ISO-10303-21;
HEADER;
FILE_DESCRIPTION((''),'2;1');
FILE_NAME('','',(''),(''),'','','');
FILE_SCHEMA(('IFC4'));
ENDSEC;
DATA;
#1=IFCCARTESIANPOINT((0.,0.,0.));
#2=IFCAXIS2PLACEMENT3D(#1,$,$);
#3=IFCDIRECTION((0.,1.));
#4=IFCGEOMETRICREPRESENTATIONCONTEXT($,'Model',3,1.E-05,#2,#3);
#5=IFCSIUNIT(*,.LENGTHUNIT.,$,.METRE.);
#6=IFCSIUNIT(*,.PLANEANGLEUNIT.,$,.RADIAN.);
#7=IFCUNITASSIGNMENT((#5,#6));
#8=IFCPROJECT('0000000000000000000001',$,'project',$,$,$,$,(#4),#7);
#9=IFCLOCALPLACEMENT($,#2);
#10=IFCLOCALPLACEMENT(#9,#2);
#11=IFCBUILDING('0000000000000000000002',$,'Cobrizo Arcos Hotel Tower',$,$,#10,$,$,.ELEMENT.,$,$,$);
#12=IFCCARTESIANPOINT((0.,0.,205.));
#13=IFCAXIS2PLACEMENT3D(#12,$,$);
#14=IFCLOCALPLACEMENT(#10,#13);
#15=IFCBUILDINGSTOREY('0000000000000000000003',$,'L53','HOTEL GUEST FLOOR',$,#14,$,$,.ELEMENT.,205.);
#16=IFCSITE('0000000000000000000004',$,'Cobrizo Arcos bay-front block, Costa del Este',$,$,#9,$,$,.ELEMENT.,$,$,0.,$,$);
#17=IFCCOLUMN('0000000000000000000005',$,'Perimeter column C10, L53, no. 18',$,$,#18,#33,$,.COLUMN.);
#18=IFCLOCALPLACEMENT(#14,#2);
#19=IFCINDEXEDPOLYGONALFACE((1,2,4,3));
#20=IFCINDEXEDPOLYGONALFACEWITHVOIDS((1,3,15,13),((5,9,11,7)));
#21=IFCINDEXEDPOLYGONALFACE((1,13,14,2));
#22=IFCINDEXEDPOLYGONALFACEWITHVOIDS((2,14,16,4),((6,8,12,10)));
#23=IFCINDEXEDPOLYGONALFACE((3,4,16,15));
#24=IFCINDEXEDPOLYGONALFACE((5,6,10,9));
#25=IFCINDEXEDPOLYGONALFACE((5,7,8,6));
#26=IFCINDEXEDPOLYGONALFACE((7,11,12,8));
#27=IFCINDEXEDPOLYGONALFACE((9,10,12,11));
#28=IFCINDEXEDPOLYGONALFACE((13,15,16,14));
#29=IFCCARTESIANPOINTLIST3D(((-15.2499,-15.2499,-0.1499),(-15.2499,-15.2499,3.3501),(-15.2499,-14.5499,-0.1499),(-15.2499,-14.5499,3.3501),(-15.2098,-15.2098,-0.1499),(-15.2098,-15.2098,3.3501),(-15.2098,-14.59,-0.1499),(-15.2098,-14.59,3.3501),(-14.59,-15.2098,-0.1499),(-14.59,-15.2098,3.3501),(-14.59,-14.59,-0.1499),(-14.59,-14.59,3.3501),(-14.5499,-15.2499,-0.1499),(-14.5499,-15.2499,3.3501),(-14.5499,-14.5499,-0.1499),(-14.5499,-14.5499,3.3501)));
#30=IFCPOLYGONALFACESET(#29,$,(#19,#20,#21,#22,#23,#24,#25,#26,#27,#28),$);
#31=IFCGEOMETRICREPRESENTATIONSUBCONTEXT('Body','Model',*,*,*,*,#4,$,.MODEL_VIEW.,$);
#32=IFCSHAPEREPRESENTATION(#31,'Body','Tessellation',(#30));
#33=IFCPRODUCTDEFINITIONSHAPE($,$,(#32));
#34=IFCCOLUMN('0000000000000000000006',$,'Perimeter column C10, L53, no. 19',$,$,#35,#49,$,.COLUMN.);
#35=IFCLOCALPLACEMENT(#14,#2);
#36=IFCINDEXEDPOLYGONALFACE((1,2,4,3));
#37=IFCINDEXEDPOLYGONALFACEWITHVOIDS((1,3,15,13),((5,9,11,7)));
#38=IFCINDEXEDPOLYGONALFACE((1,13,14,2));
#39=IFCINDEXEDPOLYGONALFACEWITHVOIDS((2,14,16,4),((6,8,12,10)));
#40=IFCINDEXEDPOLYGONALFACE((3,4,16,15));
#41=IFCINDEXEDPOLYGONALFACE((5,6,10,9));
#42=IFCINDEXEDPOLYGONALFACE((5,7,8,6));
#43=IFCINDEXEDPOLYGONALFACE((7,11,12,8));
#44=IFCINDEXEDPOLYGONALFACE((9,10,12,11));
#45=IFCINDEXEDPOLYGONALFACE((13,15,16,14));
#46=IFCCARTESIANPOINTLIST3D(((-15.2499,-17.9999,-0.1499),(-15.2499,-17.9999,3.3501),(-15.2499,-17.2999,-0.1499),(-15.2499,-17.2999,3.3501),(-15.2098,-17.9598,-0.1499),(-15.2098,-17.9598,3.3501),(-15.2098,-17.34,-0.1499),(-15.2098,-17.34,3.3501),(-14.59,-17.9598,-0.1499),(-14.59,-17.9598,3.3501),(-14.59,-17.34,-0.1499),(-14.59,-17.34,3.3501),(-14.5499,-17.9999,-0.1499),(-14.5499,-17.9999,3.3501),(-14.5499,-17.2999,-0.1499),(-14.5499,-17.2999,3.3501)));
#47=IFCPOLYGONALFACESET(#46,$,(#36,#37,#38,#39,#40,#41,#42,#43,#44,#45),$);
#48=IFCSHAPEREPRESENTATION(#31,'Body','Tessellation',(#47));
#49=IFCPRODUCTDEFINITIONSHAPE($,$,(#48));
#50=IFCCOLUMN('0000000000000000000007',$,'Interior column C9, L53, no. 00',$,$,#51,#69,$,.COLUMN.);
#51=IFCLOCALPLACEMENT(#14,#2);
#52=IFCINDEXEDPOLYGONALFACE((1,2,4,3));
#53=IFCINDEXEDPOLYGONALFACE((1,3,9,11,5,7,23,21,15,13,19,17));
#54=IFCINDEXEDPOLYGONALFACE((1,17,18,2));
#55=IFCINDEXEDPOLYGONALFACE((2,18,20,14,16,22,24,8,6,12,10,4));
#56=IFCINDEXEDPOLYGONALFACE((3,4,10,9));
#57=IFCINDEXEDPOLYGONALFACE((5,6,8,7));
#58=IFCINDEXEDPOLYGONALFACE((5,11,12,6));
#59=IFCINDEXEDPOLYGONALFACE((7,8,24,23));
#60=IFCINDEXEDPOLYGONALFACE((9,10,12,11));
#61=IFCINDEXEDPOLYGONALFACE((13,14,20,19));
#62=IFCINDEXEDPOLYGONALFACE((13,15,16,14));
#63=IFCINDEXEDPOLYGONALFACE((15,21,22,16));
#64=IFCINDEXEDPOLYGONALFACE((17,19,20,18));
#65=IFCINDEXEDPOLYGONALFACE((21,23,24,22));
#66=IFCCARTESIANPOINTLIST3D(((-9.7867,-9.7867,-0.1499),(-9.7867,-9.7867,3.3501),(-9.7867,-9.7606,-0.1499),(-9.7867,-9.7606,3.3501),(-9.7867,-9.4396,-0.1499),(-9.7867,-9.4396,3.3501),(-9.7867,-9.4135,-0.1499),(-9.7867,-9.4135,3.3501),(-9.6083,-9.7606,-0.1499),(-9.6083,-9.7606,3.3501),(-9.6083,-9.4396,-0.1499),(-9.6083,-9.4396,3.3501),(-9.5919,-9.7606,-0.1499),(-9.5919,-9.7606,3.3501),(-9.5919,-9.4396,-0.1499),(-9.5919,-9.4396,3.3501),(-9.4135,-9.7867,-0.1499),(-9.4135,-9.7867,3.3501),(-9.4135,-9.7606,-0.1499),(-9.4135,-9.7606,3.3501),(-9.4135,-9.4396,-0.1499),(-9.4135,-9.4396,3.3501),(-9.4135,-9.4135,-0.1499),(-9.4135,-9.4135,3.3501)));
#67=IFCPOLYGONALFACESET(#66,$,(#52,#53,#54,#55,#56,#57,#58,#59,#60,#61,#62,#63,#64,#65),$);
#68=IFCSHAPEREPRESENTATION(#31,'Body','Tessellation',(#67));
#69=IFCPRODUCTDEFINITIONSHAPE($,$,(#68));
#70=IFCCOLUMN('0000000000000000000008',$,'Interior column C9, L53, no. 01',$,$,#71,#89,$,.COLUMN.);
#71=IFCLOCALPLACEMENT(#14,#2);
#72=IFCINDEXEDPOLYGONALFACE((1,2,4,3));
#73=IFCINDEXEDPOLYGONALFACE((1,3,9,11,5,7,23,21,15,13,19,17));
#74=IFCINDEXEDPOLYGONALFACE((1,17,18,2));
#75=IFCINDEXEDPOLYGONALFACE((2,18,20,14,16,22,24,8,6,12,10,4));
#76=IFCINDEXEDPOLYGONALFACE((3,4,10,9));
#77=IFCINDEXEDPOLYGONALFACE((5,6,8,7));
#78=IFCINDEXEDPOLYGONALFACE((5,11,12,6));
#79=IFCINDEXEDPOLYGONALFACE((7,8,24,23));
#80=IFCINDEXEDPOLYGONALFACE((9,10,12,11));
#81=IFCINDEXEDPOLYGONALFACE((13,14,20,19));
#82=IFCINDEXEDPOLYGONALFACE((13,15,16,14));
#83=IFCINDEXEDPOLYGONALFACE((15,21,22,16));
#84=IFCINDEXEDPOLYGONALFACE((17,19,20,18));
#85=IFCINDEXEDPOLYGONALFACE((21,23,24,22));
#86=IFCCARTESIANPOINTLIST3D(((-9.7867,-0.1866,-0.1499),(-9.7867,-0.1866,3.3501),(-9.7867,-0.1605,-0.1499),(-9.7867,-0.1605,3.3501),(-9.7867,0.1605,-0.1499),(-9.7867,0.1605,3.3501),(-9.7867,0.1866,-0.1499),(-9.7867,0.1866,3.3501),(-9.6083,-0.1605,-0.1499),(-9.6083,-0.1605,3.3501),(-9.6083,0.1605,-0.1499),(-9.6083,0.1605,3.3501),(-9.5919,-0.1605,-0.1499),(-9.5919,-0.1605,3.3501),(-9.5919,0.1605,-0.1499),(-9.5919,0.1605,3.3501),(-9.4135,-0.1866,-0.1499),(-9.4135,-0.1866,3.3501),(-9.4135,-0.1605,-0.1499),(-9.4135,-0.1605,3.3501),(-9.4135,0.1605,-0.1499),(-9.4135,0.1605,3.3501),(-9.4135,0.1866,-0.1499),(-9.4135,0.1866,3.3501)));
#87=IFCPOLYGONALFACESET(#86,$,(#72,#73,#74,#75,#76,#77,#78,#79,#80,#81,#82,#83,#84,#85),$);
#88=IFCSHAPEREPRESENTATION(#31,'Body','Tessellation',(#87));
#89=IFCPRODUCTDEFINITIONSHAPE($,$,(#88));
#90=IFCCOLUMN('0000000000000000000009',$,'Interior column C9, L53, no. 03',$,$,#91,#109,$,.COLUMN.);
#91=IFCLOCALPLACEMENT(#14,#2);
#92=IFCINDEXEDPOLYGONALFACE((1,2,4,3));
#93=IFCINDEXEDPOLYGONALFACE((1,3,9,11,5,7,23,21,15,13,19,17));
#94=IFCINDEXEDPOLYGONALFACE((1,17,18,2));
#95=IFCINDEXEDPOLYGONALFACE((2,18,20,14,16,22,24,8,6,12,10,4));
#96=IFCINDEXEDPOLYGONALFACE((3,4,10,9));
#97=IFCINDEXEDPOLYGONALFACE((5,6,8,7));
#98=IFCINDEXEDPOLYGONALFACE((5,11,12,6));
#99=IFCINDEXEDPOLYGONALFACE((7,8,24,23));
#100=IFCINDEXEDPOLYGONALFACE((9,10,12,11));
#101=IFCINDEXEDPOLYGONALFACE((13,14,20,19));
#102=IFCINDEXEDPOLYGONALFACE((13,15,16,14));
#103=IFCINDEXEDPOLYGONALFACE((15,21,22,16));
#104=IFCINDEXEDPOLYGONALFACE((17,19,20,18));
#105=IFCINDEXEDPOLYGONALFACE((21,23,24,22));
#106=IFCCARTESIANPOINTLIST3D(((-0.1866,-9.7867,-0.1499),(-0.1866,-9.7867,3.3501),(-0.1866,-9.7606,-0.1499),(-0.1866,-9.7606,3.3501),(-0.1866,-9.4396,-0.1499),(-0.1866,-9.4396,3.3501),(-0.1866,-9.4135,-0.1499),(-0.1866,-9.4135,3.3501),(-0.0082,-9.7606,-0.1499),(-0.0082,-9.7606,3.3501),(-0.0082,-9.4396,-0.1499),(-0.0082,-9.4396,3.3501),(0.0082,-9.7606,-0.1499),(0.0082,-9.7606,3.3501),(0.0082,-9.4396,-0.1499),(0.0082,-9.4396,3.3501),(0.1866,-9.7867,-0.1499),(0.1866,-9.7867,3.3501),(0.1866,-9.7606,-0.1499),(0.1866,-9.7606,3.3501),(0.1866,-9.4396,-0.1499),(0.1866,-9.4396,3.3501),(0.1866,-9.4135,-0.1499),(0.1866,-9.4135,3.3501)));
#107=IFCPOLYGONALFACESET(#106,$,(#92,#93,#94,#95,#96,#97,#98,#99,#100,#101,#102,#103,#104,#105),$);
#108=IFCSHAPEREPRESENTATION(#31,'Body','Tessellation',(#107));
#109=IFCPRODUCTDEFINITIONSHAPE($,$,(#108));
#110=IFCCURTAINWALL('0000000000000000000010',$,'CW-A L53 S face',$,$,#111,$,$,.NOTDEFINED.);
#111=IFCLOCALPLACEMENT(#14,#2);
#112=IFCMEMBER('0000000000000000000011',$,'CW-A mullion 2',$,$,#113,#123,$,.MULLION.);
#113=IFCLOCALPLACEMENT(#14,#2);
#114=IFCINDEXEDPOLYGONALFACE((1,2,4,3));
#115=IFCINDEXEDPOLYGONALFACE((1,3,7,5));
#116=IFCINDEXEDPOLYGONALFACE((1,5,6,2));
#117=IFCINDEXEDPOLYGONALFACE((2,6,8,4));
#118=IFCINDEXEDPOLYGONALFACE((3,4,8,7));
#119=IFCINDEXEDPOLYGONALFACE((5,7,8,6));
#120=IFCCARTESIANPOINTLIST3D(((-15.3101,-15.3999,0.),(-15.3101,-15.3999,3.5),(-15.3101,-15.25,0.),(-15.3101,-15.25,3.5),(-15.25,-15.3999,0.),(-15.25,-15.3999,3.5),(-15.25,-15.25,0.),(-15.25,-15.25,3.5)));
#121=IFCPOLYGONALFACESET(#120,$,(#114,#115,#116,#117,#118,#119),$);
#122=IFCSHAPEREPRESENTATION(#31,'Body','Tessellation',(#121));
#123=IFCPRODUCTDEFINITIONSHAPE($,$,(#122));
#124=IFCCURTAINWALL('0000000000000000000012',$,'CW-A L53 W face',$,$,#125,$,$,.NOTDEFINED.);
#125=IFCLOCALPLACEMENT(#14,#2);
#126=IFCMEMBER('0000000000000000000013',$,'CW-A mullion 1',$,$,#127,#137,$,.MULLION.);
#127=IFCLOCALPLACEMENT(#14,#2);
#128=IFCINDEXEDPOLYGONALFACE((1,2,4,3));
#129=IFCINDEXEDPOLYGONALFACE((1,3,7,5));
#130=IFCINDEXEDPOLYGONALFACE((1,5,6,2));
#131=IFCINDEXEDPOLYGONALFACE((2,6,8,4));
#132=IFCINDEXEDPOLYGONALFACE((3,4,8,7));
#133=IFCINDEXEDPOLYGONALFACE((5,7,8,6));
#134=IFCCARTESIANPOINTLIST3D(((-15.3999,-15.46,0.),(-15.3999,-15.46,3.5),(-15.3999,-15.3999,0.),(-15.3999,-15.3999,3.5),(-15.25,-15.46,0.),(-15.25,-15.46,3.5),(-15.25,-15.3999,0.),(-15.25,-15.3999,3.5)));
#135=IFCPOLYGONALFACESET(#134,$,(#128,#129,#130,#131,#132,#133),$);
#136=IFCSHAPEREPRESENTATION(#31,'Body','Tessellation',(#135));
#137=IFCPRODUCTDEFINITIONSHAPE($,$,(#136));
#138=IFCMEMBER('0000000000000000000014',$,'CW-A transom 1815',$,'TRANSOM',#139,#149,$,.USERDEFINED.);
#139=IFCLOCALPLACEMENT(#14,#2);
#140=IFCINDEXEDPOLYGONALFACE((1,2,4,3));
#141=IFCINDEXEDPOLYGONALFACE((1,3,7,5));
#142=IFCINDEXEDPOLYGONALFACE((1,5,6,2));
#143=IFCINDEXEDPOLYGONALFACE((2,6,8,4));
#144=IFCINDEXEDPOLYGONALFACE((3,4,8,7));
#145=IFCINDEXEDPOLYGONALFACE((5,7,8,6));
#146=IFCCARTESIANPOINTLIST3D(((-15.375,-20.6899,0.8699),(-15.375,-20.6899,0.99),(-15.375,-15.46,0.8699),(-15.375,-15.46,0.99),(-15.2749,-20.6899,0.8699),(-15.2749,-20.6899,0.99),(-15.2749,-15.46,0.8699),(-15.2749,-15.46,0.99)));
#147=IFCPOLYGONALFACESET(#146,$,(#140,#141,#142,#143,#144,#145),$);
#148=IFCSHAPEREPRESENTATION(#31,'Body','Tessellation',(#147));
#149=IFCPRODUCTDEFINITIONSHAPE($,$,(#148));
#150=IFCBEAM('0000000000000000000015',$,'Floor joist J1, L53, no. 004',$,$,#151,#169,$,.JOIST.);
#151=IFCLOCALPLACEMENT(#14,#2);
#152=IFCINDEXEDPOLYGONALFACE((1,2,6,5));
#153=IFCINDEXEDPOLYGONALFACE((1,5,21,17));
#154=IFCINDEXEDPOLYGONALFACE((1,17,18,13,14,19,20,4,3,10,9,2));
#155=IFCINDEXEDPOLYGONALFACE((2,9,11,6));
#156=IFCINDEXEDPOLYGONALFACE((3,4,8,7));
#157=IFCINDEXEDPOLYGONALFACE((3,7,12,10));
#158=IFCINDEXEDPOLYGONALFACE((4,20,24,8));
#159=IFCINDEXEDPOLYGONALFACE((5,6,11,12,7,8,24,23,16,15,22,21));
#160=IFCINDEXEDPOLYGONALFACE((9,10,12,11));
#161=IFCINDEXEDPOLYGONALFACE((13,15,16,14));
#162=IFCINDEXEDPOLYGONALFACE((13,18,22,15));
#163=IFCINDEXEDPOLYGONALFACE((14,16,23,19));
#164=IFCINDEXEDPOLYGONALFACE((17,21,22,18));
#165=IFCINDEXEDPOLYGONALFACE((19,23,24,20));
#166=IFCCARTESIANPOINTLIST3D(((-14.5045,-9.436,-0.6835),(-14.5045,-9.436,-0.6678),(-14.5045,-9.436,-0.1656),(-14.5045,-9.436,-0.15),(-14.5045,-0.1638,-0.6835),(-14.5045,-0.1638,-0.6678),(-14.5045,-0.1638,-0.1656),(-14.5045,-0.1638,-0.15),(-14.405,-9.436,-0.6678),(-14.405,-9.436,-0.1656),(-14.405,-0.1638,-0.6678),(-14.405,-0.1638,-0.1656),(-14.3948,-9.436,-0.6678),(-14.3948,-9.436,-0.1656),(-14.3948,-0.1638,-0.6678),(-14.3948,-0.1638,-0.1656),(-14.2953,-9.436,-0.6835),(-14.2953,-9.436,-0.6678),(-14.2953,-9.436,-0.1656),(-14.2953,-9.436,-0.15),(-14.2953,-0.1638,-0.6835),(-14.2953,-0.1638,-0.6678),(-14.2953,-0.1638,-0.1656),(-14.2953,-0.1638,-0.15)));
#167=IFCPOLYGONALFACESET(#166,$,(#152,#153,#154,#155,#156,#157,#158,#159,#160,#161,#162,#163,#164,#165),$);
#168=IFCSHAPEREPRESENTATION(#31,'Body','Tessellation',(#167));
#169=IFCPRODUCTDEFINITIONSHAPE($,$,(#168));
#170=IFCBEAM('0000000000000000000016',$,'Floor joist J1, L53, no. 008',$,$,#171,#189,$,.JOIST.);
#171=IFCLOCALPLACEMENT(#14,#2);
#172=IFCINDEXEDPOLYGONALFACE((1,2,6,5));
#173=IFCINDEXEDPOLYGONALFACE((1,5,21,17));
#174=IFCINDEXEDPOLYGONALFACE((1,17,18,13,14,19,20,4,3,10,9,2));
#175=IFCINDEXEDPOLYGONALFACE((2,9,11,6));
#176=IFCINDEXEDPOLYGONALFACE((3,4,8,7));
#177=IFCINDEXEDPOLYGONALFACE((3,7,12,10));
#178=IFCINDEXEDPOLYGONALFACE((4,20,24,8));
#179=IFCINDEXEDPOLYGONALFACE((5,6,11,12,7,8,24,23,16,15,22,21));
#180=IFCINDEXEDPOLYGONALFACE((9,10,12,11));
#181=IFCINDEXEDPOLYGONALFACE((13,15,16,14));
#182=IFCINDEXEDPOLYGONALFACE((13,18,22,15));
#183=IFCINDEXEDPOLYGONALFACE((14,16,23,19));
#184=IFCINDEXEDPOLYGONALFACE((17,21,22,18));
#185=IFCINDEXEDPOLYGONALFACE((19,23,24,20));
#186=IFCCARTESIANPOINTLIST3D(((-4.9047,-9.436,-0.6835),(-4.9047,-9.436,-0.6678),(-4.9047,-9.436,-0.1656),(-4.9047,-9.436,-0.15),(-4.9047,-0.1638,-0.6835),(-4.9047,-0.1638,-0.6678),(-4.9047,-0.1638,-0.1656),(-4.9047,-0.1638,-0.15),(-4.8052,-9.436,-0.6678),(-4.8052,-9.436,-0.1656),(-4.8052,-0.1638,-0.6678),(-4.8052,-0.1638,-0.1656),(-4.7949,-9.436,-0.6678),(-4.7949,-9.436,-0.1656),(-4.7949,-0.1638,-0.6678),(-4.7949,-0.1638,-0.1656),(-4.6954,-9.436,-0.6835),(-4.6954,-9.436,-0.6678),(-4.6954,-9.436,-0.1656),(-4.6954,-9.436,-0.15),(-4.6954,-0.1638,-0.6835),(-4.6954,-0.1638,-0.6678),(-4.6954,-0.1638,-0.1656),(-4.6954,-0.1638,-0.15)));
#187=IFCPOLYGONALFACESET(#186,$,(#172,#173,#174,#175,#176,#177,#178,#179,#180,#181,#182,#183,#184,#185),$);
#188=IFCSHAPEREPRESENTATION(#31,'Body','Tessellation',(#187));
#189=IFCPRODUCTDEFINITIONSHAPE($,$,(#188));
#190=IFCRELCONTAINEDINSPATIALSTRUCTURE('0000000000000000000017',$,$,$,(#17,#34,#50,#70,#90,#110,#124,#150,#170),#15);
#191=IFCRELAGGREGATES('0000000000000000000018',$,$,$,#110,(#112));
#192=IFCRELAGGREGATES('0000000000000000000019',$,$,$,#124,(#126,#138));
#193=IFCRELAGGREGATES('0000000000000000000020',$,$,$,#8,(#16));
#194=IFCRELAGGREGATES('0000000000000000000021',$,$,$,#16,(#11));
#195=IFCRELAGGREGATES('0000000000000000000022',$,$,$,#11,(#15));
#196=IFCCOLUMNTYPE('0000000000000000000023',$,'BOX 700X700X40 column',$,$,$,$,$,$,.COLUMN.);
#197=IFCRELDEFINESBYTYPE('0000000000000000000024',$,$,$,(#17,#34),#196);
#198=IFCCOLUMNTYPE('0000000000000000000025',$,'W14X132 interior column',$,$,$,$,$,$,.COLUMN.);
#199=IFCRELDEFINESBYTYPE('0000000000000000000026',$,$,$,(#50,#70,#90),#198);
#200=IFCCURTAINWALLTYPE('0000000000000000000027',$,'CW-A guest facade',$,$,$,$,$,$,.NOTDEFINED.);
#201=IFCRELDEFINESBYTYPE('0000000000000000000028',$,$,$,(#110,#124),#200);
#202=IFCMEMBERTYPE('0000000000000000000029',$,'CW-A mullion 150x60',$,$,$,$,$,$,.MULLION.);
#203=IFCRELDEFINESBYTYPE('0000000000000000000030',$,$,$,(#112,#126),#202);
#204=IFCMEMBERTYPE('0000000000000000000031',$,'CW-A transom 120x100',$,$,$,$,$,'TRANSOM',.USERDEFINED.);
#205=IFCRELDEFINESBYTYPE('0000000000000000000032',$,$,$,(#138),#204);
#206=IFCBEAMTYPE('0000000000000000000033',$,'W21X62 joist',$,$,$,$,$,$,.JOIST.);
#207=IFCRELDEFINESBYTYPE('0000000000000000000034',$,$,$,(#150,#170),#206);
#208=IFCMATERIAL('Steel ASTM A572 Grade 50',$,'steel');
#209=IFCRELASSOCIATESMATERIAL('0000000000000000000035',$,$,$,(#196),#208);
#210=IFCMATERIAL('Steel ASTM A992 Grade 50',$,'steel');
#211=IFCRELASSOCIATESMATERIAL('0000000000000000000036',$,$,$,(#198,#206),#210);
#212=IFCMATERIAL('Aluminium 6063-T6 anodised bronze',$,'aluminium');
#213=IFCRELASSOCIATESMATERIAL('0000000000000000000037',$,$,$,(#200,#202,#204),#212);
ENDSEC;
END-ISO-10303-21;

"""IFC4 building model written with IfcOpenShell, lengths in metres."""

from ifc_helpers import new_model, si_unit, direction, frame, origin, origin_2d, place, context, subcontext, project, spatial, rectangle, hollow_rectangle, i_section, extrude, material, material_profile, profile_set, type_object, element, aggregate, save


model = new_model("IFC4")

# Units and contexts
model_context = context("Model", 3, precision=1e-05, world=origin(), true_north=direction((0.0, 1.0)))
body_context = subcontext(model_context, "Body", "Model", "MODEL_VIEW")
ifc_project = project(units=[si_unit("LENGTHUNIT", "METRE"), si_unit("PLANEANGLEUNIT", "RADIAN")], contexts=[model_context])

# Site, building, storey
site_placement = place(None, origin())
site = spatial("IfcSite", under=ifc_project, at=site_placement, Name="Cobrizo Arcos bay-front block, Costa del Este", CompositionType="ELEMENT", RefElevation=0.0)
building_placement = place(site_placement, origin())
building = spatial("IfcBuilding", under=site, at=building_placement, Name="Cobrizo Arcos Hotel Tower", CompositionType="ELEMENT")
storey_placement = place(building_placement, frame((0.0, 0.0, 205.0)))
storey = spatial("IfcBuildingStorey", under=building, at=storey_placement, Name="L53", Description="HOTEL GUEST FLOOR", CompositionType="ELEMENT", Elevation=205.0)

# Columns
ifc_material_1 = material(Name="Steel ASTM A572 Grade 50", Category="steel")
ifc_material_profile_1 = material_profile(ifc_material_1, hollow_rectangle(XDim=0.7, YDim=0.7, WallThickness=0.04, at=origin_2d()), Name="BOX 700X700X40")
ifc_profile_set_1 = profile_set([ifc_material_profile_1], Name="Steel ASTM A572 Grade 50")
column_type_1 = type_object("IfcColumnType", Name="BOX 700X700X40 column", PredefinedType="COLUMN", material=ifc_profile_set_1)
for number, where, z_axis, x_axis, name in (
    (1, (-14.8999, -14.8999, -0.1499), (0.0, 0.0, 1.0), (1.0, 0.0, 0.0), "Perimeter column C10, L53, no. 18"),
    (2, (-14.8999, -17.6499, -0.1499), (0.0, 0.0, 1.0), (1.0, 0.0, 0.0), "Perimeter column C10, L53, no. 19"),
):
    element("IfcColumn", number, at=place(storey_placement, frame(where, z_axis=z_axis, x_axis=x_axis)), inside=storey, type_object=column_type_1, Name=name, PredefinedType="COLUMN", context=body_context, shape_type="SweptSolid", body=[
        extrude(hollow_rectangle(XDim=0.7, YDim=0.7, WallThickness=0.04, at=origin_2d()), origin(), (0.0, 0.0, 1.0), 3.5),
    ])
ifc_material_2 = material(Name="Steel ASTM A992 Grade 50", Category="steel")
ifc_material_profile_2 = material_profile(ifc_material_2, i_section(OverallWidth=0.3733, OverallDepth=0.3733, WebThickness=0.0164, FlangeThickness=0.0261, at=origin_2d()), Name="W14X132")
ifc_profile_set_2 = profile_set([ifc_material_profile_2], Name="Steel ASTM A992 Grade 50")
column_type_2 = type_object("IfcColumnType", Name="W14X132 interior column", PredefinedType="COLUMN", material=ifc_profile_set_2)
for number, where, z_axis, x_axis, name in (
    (3, (-9.6001, -9.6001, -0.1499), (0.0, 0.0, 1.0), (1.0, 0.0, 0.0), "Interior column C9, L53, no. 00"),
    (4, (-9.6001, 0.0, -0.1499), (0.0, 0.0, 1.0), (1.0, 0.0, 0.0), "Interior column C9, L53, no. 01"),
    (5, (0.0, -9.6001, -0.1499), (0.0, 0.0, 1.0), (1.0, 0.0, 0.0), "Interior column C9, L53, no. 03"),
):
    element("IfcColumn", number, at=place(storey_placement, frame(where, z_axis=z_axis, x_axis=x_axis)), inside=storey, type_object=column_type_2, Name=name, PredefinedType="COLUMN", context=body_context, shape_type="SweptSolid", body=[
        extrude(i_section(OverallWidth=0.3733, OverallDepth=0.3733, WebThickness=0.0164, FlangeThickness=0.0261, at=origin_2d()), origin(), (0.0, 0.0, 1.0), 3.5),
    ])

# Curtain wall, member
ifc_material_3 = material(Name="Aluminium 6063-T6 anodised bronze", Category="aluminium")
curtain_wall_type = type_object("IfcCurtainWallType", Name="CW-A guest facade", PredefinedType="NOTDEFINED", material=ifc_material_3)
curtain_wall_1_placement = place(storey_placement, origin())
curtain_wall_1 = element("IfcCurtainWall", 6, at=curtain_wall_1_placement, inside=storey, type_object=curtain_wall_type, Name="CW-A L53 S face", PredefinedType="NOTDEFINED")
ifc_material_profile_3 = material_profile(ifc_material_3, rectangle(XDim=0.1499, YDim=0.0601, at=origin_2d()), Name="CW-A mullion 150x60")
ifc_profile_set_3 = profile_set([ifc_material_profile_3], Name="Aluminium 6063-T6 anodised bronze")
member_type_1 = type_object("IfcMemberType", Name="CW-A mullion 150x60", PredefinedType="MULLION", material=ifc_profile_set_3)
member_1_placement = place(storey_placement, frame((-15.28, -15.325, 0.0), z_axis=(0.0, 0.0, 1.0), x_axis=(0.0, -1.0, 0.0)))
member_1 = element("IfcMember", 7, at=member_1_placement, type_object=member_type_1, Name="CW-A mullion 2", PredefinedType="MULLION", context=body_context, shape_type="SweptSolid", body=[
    extrude(rectangle(XDim=0.1499, YDim=0.0601, at=origin_2d()), origin(), (0.0, 0.0, 1.0), 3.5),
])
aggregate(curtain_wall_1, [member_1])

# Curtain wall, members
curtain_wall_2_placement = place(storey_placement, origin())
curtain_wall_2 = element("IfcCurtainWall", 8, at=curtain_wall_2_placement, inside=storey, type_object=curtain_wall_type, Name="CW-A L53 W face", PredefinedType="NOTDEFINED")
member_2_placement = place(storey_placement, frame((-15.325, -15.4299, 0.0), z_axis=(0.0, 0.0, 1.0), x_axis=(-1.0, 0.0, 0.0)))
member_2 = element("IfcMember", 9, at=member_2_placement, type_object=member_type_1, Name="CW-A mullion 1", PredefinedType="MULLION", context=body_context, shape_type="SweptSolid", body=[
    extrude(rectangle(XDim=0.1499, YDim=0.0601, at=origin_2d()), origin(), (0.0, 0.0, 1.0), 3.5),
])
ifc_material_profile_4 = material_profile(ifc_material_3, rectangle(XDim=0.1001, YDim=0.1201, at=origin_2d()), Name="CW-A transom 120x100")
ifc_profile_set_4 = profile_set([ifc_material_profile_4], Name="Aluminium 6063-T6 anodised bronze")
member_type_2 = type_object("IfcMemberType", Name="CW-A transom 120x100", ElementType="TRANSOM", PredefinedType="USERDEFINED", material=ifc_profile_set_4)
member_3_placement = place(storey_placement, frame((-15.325, -15.46, 0.9299), z_axis=(0.0, -1.0, 0.0), x_axis=(1.0, 0.0, 0.0)))
member_3 = element("IfcMember", 10, at=member_3_placement, type_object=member_type_2, Name="CW-A transom 1815", ObjectType="TRANSOM", PredefinedType="USERDEFINED", context=body_context, shape_type="SweptSolid", body=[
    extrude(rectangle(XDim=0.1001, YDim=0.1201, at=origin_2d()), origin(), (0.0, 0.0, 1.0), 5.23),
])
aggregate(curtain_wall_2, [member_2, member_3])

# Beams
ifc_material_profile_5 = material_profile(ifc_material_2, i_section(OverallWidth=0.2092, OverallDepth=0.5334, WebThickness=0.0103, FlangeThickness=0.0156, at=origin_2d()), Name="W21X62")
ifc_profile_set_5 = profile_set([ifc_material_profile_5], Name="Steel ASTM A992 Grade 50")
beam_type_1 = type_object("IfcBeamType", Name="W21X62 joist", PredefinedType="JOIST", material=ifc_profile_set_5)
for number, where, z_axis, x_axis, name in (
    (11, (-14.3999, -9.436, -0.4167), (0.0, 1.0, 0.0), (-1.0, 0.0, 0.0), "Floor joist J1, L53, no. 004"),
    (12, (-4.8, -9.436, -0.4167), (0.0, 1.0, 0.0), (-1.0, 0.0, 0.0), "Floor joist J1, L53, no. 008"),
):
    element("IfcBeam", number, at=place(storey_placement, frame(where, z_axis=z_axis, x_axis=x_axis)), inside=storey, type_object=beam_type_1, Name=name, PredefinedType="JOIST", context=body_context, shape_type="SweptSolid", body=[
        extrude(i_section(OverallWidth=0.2092, OverallDepth=0.5334, WebThickness=0.0103, FlangeThickness=0.0156, at=origin_2d()), origin(), (0.0, 0.0, 1.0), 9.2722),
    ])

save(model, "model.ifc")
